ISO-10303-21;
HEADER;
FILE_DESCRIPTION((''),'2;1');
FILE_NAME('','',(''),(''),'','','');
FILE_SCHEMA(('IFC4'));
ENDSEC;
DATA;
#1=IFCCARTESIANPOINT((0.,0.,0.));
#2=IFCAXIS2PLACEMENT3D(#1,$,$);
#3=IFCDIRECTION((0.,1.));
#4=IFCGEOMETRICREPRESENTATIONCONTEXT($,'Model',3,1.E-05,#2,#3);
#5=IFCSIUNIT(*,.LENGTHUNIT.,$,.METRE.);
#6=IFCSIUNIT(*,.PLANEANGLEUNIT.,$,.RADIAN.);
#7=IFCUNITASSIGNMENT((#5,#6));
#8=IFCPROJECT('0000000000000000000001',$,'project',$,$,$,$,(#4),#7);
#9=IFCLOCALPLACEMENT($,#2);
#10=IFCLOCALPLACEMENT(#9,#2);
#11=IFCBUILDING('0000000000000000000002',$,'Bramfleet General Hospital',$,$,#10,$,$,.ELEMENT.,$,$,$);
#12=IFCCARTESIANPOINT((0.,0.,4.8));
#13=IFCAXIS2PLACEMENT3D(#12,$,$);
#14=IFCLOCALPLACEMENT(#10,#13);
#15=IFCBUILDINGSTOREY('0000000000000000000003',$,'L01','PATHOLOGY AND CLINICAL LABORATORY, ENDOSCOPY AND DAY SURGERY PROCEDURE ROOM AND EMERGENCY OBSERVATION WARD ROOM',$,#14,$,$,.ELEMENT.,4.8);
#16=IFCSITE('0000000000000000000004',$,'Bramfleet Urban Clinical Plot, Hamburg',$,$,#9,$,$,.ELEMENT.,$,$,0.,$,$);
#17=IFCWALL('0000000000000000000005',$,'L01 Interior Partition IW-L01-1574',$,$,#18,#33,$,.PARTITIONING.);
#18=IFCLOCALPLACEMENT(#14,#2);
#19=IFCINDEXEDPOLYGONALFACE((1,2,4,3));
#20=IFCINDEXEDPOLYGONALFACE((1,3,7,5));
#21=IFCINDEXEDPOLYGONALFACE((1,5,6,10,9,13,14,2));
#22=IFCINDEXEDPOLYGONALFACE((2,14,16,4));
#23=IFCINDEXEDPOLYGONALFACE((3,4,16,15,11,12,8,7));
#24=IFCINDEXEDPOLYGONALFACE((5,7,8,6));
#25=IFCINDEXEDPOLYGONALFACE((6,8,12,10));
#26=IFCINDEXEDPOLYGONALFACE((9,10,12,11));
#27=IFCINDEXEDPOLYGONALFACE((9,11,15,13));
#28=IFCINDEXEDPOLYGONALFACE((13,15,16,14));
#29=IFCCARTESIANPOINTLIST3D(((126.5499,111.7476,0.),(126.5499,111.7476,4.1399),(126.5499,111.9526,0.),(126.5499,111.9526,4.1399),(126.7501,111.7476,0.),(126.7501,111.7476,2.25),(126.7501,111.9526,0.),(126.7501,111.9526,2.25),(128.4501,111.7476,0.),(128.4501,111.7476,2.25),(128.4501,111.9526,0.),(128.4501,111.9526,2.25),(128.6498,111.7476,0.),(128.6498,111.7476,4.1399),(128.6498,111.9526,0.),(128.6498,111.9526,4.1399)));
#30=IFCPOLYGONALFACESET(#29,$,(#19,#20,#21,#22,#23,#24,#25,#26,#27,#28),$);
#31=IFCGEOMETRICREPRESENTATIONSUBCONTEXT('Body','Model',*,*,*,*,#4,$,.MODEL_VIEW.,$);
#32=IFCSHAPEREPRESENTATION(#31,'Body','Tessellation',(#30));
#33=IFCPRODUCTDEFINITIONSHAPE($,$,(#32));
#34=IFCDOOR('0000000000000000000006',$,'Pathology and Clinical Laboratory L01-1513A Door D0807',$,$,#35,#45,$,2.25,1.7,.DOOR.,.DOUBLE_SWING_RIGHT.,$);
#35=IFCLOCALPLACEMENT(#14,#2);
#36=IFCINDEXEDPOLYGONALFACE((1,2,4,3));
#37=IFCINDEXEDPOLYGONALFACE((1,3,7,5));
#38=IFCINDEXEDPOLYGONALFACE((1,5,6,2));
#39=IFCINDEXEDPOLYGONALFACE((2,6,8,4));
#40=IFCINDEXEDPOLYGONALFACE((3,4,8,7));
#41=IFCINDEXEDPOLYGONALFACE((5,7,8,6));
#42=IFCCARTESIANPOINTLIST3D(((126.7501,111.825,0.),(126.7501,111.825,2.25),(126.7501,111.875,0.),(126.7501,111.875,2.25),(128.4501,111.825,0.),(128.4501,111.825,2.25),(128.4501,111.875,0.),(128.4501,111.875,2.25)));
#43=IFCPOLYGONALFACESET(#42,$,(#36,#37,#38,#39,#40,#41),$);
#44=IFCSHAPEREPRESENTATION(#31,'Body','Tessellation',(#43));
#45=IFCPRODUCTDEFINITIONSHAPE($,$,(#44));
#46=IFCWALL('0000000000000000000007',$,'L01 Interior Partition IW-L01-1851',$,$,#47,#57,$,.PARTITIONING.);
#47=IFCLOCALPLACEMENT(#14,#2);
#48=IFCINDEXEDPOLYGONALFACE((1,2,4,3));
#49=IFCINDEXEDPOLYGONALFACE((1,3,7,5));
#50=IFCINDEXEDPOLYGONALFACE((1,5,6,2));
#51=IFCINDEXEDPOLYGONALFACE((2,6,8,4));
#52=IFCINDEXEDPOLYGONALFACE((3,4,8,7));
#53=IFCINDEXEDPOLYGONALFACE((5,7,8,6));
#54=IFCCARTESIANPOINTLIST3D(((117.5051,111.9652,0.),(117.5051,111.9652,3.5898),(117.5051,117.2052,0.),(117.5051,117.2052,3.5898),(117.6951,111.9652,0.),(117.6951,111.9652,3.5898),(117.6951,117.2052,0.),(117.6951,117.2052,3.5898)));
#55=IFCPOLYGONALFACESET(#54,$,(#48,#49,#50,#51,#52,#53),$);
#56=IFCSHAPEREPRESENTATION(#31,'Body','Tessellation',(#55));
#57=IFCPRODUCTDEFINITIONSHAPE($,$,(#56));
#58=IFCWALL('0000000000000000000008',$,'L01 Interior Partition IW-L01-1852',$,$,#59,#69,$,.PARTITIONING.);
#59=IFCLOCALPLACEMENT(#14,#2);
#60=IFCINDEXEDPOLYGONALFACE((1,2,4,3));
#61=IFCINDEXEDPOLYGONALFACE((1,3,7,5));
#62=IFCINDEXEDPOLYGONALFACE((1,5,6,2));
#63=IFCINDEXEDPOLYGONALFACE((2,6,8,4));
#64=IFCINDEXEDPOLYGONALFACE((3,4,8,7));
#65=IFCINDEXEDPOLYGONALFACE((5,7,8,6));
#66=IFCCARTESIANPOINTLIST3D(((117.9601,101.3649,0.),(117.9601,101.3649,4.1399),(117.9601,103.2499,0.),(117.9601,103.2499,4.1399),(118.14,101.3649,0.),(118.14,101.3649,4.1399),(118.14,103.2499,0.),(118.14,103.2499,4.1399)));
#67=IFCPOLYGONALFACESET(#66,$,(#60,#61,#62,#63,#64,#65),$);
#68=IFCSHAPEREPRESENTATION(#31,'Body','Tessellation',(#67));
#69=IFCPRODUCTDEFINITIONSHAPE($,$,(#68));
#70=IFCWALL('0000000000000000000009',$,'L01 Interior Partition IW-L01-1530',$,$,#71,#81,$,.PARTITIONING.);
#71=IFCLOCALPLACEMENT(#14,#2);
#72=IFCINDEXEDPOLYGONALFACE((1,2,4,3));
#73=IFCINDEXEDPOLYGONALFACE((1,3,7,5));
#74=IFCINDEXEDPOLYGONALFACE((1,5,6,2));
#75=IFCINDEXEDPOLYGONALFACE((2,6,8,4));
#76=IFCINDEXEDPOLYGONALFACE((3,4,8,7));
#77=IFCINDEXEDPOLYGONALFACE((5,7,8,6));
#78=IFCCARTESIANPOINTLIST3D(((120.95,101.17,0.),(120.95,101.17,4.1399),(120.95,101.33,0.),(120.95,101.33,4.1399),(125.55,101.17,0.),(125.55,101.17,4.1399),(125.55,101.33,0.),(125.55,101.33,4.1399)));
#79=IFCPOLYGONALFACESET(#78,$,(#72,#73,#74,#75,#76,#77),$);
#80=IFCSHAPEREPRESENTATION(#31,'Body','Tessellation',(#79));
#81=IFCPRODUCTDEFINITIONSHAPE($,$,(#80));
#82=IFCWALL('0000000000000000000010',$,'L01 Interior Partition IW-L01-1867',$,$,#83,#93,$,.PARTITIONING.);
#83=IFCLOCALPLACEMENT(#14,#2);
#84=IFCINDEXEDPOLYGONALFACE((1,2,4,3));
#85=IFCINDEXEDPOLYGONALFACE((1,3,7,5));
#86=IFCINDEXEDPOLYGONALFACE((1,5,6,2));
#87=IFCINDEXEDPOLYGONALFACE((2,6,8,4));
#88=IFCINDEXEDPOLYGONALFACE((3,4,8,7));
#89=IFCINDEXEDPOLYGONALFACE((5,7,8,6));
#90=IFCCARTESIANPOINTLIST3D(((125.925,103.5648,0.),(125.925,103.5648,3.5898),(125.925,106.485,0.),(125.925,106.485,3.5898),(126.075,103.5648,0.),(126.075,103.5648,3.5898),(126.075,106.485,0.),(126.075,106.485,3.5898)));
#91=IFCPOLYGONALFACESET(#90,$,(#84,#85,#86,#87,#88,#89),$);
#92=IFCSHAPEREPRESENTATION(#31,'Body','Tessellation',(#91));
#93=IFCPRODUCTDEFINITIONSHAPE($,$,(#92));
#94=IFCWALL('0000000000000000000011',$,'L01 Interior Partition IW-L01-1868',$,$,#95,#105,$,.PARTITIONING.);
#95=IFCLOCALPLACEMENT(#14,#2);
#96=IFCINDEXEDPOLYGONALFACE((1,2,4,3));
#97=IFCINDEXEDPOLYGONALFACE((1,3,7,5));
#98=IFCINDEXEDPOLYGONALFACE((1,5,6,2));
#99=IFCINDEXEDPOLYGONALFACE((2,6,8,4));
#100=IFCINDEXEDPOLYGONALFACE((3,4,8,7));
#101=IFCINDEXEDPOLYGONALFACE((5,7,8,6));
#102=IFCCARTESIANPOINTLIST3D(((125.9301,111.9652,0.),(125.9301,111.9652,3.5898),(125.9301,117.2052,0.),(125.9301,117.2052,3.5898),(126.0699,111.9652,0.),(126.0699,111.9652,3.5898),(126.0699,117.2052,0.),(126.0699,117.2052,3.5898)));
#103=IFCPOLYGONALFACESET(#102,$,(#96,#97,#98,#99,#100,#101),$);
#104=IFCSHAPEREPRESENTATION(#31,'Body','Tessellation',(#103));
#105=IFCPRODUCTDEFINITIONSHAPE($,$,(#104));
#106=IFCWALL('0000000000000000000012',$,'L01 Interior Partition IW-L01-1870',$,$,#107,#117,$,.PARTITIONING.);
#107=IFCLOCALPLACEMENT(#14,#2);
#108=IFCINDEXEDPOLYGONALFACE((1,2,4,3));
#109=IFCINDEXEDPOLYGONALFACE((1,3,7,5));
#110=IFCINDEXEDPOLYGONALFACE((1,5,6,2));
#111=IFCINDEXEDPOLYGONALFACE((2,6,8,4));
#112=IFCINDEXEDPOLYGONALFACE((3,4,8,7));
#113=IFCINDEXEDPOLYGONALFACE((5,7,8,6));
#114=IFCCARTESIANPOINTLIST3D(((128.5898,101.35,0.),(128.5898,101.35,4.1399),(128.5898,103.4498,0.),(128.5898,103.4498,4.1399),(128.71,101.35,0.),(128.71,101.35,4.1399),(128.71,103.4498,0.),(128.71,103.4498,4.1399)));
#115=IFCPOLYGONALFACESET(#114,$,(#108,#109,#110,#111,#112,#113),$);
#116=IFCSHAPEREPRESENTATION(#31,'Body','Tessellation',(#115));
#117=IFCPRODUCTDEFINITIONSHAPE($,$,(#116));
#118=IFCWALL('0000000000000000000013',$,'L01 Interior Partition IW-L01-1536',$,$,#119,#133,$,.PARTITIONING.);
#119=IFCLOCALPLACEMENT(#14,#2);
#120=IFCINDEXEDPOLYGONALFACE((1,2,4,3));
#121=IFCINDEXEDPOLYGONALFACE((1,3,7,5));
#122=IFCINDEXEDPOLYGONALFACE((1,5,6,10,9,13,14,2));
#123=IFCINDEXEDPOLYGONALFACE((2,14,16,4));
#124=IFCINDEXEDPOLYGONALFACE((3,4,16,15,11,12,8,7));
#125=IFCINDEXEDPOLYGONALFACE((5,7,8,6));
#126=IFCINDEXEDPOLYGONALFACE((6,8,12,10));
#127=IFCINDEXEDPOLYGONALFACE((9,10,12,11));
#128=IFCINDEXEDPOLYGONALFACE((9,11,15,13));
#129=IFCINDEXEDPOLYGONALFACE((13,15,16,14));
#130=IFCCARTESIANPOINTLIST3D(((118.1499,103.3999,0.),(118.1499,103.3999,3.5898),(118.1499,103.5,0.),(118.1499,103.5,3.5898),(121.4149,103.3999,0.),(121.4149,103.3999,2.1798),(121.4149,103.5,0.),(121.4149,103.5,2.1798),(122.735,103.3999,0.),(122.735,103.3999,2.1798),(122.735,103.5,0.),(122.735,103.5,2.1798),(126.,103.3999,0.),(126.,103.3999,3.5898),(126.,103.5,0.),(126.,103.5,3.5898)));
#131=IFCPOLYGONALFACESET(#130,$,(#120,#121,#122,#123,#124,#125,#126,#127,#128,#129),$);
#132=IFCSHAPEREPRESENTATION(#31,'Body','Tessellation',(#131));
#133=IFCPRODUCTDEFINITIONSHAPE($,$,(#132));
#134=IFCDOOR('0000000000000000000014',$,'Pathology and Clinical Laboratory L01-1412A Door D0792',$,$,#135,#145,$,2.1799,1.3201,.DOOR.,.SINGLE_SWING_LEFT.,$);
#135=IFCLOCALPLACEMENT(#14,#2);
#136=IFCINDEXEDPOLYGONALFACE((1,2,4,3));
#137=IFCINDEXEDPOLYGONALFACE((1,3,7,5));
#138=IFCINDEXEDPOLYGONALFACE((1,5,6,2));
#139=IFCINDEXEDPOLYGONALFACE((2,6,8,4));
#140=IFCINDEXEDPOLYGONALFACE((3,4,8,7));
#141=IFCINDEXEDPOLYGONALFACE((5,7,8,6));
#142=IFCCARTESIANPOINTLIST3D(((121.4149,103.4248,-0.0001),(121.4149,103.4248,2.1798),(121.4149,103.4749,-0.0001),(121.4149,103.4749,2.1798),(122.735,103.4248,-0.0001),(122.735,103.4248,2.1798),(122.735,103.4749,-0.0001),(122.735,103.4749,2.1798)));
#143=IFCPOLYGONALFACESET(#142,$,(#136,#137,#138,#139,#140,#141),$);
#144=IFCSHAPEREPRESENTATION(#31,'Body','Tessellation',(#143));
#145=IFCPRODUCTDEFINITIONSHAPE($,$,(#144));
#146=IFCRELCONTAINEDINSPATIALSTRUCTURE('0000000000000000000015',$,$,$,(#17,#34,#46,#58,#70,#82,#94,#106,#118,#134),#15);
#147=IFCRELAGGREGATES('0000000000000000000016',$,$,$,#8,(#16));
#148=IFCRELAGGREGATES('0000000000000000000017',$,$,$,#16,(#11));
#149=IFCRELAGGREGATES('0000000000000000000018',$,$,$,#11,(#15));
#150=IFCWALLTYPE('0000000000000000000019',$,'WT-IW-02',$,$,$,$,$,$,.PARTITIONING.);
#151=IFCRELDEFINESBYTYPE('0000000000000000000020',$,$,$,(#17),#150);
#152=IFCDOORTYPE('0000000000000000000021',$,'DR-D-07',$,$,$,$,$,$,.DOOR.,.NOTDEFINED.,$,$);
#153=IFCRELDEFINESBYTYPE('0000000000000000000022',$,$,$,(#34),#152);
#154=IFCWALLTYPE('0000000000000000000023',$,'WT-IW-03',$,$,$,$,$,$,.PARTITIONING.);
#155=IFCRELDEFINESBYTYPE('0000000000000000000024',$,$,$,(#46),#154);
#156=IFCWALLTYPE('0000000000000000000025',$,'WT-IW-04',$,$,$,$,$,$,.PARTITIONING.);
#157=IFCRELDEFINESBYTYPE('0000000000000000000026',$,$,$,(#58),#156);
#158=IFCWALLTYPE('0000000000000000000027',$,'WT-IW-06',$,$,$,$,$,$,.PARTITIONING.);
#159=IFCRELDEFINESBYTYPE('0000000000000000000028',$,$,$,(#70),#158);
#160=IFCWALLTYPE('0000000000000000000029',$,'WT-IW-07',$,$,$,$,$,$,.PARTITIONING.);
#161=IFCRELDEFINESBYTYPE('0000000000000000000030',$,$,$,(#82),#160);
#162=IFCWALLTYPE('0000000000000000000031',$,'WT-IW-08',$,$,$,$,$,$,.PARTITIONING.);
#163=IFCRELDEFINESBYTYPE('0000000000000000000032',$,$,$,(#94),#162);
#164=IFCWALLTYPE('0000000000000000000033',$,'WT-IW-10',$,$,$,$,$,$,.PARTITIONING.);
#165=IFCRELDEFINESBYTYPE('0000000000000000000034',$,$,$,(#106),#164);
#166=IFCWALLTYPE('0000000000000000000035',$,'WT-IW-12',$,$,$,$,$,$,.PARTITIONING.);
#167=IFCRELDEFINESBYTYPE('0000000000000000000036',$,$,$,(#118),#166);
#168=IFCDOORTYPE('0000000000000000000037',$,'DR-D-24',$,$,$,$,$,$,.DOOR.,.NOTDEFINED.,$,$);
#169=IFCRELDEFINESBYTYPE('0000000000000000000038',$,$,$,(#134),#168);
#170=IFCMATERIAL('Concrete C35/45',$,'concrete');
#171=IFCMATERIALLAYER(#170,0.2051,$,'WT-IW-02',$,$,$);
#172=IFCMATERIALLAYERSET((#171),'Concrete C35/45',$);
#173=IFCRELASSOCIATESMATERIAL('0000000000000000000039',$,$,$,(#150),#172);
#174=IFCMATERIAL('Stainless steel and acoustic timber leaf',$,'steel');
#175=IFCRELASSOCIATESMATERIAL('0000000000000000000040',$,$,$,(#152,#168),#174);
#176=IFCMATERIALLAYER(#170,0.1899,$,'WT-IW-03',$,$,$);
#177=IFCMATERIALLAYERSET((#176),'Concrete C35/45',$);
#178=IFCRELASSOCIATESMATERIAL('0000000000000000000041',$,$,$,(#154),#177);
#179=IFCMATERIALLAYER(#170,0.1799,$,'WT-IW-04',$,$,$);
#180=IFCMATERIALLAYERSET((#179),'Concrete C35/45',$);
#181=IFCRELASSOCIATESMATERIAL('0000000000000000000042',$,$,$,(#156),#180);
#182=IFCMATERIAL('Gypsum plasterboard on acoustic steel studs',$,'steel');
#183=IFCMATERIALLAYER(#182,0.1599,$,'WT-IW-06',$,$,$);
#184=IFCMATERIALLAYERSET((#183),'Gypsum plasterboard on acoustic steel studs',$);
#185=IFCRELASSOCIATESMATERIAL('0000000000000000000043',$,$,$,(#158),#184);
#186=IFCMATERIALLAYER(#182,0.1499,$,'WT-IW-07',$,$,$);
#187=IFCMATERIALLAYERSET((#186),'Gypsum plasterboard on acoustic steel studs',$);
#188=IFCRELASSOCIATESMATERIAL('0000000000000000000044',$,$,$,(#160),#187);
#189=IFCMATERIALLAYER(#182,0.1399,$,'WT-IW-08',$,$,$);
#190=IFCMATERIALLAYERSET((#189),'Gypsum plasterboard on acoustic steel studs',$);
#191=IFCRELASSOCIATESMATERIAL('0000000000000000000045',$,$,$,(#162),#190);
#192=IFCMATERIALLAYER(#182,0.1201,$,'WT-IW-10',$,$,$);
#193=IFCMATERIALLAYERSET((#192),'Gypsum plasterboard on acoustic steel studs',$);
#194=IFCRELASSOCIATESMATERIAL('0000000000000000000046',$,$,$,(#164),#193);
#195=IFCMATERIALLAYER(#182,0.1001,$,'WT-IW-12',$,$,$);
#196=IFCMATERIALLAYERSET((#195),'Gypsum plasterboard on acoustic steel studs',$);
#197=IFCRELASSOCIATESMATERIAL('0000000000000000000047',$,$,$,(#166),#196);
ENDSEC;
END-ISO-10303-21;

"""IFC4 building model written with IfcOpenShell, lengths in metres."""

from ifc_helpers import new_model, si_unit, direction, frame, frame_2d, origin, place, context, subcontext, project, spatial, rectangle, extrude, material, layer, layer_set, type_object, element, fill, save


model = new_model("IFC4")

# Units and contexts
model_context = context("Model", 3, precision=1e-05, world=origin(), true_north=direction((0.0, 1.0)))
body_context = subcontext(model_context, "Body", "Model", "MODEL_VIEW")
ifc_project = project(units=[si_unit("LENGTHUNIT", "METRE"), si_unit("PLANEANGLEUNIT", "RADIAN")], contexts=[model_context])

# Site, building, storey
site_placement = place(None, origin())
site = spatial("IfcSite", under=ifc_project, at=site_placement, Name="Bramfleet Urban Clinical Plot, Hamburg", CompositionType="ELEMENT", RefElevation=0.0)
building_placement = place(site_placement, origin())
building = spatial("IfcBuilding", under=site, at=building_placement, Name="Bramfleet General Hospital", CompositionType="ELEMENT")
storey_placement = place(building_placement, frame((0.0, 0.0, 4.8)))
storey = spatial("IfcBuildingStorey", under=building, at=storey_placement, Name="L01", Description="PATHOLOGY AND CLINICAL LABORATORY, ENDOSCOPY AND DAY SURGERY PROCEDURE ROOM AND EMERGENCY OBSERVATION WARD ROOM", CompositionType="ELEMENT", Elevation=4.8)

# Shared definitions
ifc_material_1 = material(Name="Concrete C35/45", Category="concrete")

# Wall, opening, door
ifc_material_2 = material(Name="Stainless steel and acoustic timber leaf", Category="steel")
ifc_layer_1 = layer(ifc_material_1, 0.2051, Name="WT-IW-02")
ifc_layer_set_1 = layer_set([ifc_layer_1], Name="Concrete C35/45")
wall_type_1 = type_object("IfcWallType", Name="WT-IW-02", PredefinedType="PARTITIONING", material=ifc_layer_set_1)
wall_1_placement = place(storey_placement, frame((126.55, 111.8501, 0.0), z_axis=(0.0, 0.0, 1.0), x_axis=(1.0, 0.0, 0.0)))
wall_1 = element("IfcWall", 1, at=wall_1_placement, inside=storey, type_object=wall_type_1, Name="L01 Interior Partition IW-L01-1574", PredefinedType="PARTITIONING", context=body_context, shape_type="SweptSolid", body=[
    extrude(rectangle(XDim=2.0999, YDim=0.2051, at=frame_2d((1.0498, 0.0))), origin(), (0.0, 0.0, 1.0), 4.1399),
])
opening_1_placement = place(wall_1_placement, frame((0.2, 0.0, 0.0)))
opening_1 = element("IfcOpeningElement", 2, at=opening_1_placement, cuts=wall_1, PredefinedType="OPENING", context=body_context, shape_type="SweptSolid", body=[
    extrude(rectangle(XDim=1.7, YDim=2.25, at=frame_2d((0.8501, 1.125))), frame((0.0, 0.1125, 0.0), z_axis=(0.0, -1.0, 0.0), x_axis=(1.0, 0.0, 0.0)), (0.0, 0.0, 1.0), 0.2251),
])
door_type_1 = type_object("IfcDoorType", Name="DR-D-07", OperationType="NOTDEFINED", PredefinedType="DOOR", material=ifc_material_2)
door_1_placement = place(opening_1_placement, origin())
door_1 = element("IfcDoor", 3, at=door_1_placement, inside=storey, type_object=door_type_1, Name="Pathology and Clinical Laboratory L01-1513A Door D0807", OperationType="DOUBLE_SWING_RIGHT", OverallHeight=2.25, OverallWidth=1.7, PredefinedType="DOOR", context=body_context, shape_type="SweptSolid", body=[
    extrude(rectangle(XDim=1.7, YDim=2.25, at=frame_2d((0.8501, 1.125))), frame((0.0, 0.0249, 0.0), z_axis=(0.0, -1.0, 0.0), x_axis=(1.0, 0.0, 0.0)), (0.0, 0.0, 1.0), 0.05),
])
fill(opening_1, door_1)

# Walls
ifc_layer_2 = layer(ifc_material_1, 0.1899, Name="WT-IW-03")
ifc_layer_set_2 = layer_set([ifc_layer_2], Name="Concrete C35/45")
wall_type_2 = type_object("IfcWallType", Name="WT-IW-03", PredefinedType="PARTITIONING", material=ifc_layer_set_2)
wall_2_placement = place(storey_placement, frame((117.6001, 111.9651, 0.0), z_axis=(0.0, 0.0, 1.0), x_axis=(0.0, 1.0, 0.0)))
element("IfcWall", 4, at=wall_2_placement, inside=storey, type_object=wall_type_2, Name="L01 Interior Partition IW-L01-1851", PredefinedType="PARTITIONING", context=body_context, shape_type="SweptSolid", body=[
    extrude(rectangle(XDim=5.24, YDim=0.1899, at=frame_2d((2.6201, 0.0))), origin(), (0.0, 0.0, 1.0), 3.5898),
])
ifc_layer_3 = layer(ifc_material_1, 0.1799, Name="WT-IW-04")
ifc_layer_set_3 = layer_set([ifc_layer_3], Name="Concrete C35/45")
wall_type_3 = type_object("IfcWallType", Name="WT-IW-04", PredefinedType="PARTITIONING", material=ifc_layer_set_3)
wall_3_placement = place(storey_placement, frame((118.05, 101.365, 0.0), z_axis=(0.0, 0.0, 1.0), x_axis=(0.0, 1.0, 0.0)))
element("IfcWall", 5, at=wall_3_placement, inside=storey, type_object=wall_type_3, Name="L01 Interior Partition IW-L01-1852", PredefinedType="PARTITIONING", context=body_context, shape_type="SweptSolid", body=[
    extrude(rectangle(XDim=1.885, YDim=0.1799, at=frame_2d((0.9424, 0.0))), origin(), (0.0, 0.0, 1.0), 4.1399),
])
ifc_material_3 = material(Name="Gypsum plasterboard on acoustic steel studs", Category="steel")
ifc_layer_4 = layer(ifc_material_3, 0.1599, Name="WT-IW-06")
ifc_layer_set_4 = layer_set([ifc_layer_4], Name="Gypsum plasterboard on acoustic steel studs")
wall_type_4 = type_object("IfcWallType", Name="WT-IW-06", PredefinedType="PARTITIONING", material=ifc_layer_set_4)
wall_4_placement = place(storey_placement, frame((120.95, 101.25, 0.0), z_axis=(0.0, 0.0, 1.0), x_axis=(1.0, 0.0, 0.0)))
element("IfcWall", 6, at=wall_4_placement, inside=storey, type_object=wall_type_4, Name="L01 Interior Partition IW-L01-1530", PredefinedType="PARTITIONING", context=body_context, shape_type="SweptSolid", body=[
    extrude(rectangle(XDim=4.6001, YDim=0.1599, at=frame_2d((2.3, 0.0))), origin(), (0.0, 0.0, 1.0), 4.1399),
])
ifc_layer_5 = layer(ifc_material_3, 0.1499, Name="WT-IW-07")
ifc_layer_set_5 = layer_set([ifc_layer_5], Name="Gypsum plasterboard on acoustic steel studs")
wall_type_5 = type_object("IfcWallType", Name="WT-IW-07", PredefinedType="PARTITIONING", material=ifc_layer_set_5)
wall_5_placement = place(storey_placement, frame((126.0, 103.5649, 0.0), z_axis=(0.0, 0.0, 1.0), x_axis=(0.0, 1.0, 0.0)))
element("IfcWall", 7, at=wall_5_placement, inside=storey, type_object=wall_type_5, Name="L01 Interior Partition IW-L01-1867", PredefinedType="PARTITIONING", context=body_context, shape_type="SweptSolid", body=[
    extrude(rectangle(XDim=2.9202, YDim=0.1499, at=frame_2d((1.46, 0.0))), origin(), (0.0, 0.0, 1.0), 3.5898),
])
ifc_layer_6 = layer(ifc_material_3, 0.1399, Name="WT-IW-08")
ifc_layer_set_6 = layer_set([ifc_layer_6], Name="Gypsum plasterboard on acoustic steel studs")
wall_type_6 = type_object("IfcWallType", Name="WT-IW-08", PredefinedType="PARTITIONING", material=ifc_layer_set_6)
wall_6_placement = place(storey_placement, frame((126.0, 111.9651, 0.0), z_axis=(0.0, 0.0, 1.0), x_axis=(0.0, 1.0, 0.0)))
element("IfcWall", 8, at=wall_6_placement, inside=storey, type_object=wall_type_6, Name="L01 Interior Partition IW-L01-1868", PredefinedType="PARTITIONING", context=body_context, shape_type="SweptSolid", body=[
    extrude(rectangle(XDim=5.24, YDim=0.1399, at=frame_2d((2.6201, 0.0))), origin(), (0.0, 0.0, 1.0), 3.5898),
])
ifc_layer_7 = layer(ifc_material_3, 0.1201, Name="WT-IW-10")
ifc_layer_set_7 = layer_set([ifc_layer_7], Name="Gypsum plasterboard on acoustic steel studs")
wall_type_7 = type_object("IfcWallType", Name="WT-IW-10", PredefinedType="PARTITIONING", material=ifc_layer_set_7)
wall_7_placement = place(storey_placement, frame((128.6499, 101.3501, 0.0), z_axis=(0.0, 0.0, 1.0), x_axis=(0.0, 1.0, 0.0)))
element("IfcWall", 9, at=wall_7_placement, inside=storey, type_object=wall_type_7, Name="L01 Interior Partition IW-L01-1870", PredefinedType="PARTITIONING", context=body_context, shape_type="SweptSolid", body=[
    extrude(rectangle(XDim=2.0999, YDim=0.1201, at=frame_2d((1.0498, 0.0))), origin(), (0.0, 0.0, 1.0), 4.1399),
])

# Wall, opening, door
ifc_layer_8 = layer(ifc_material_3, 0.1001, Name="WT-IW-12")
ifc_layer_set_8 = layer_set([ifc_layer_8], Name="Gypsum plasterboard on acoustic steel studs")
wall_type_8 = type_object("IfcWallType", Name="WT-IW-12", PredefinedType="PARTITIONING", material=ifc_layer_set_8)
wall_8_placement = place(storey_placement, frame((118.1499, 103.45, 0.0), z_axis=(0.0, 0.0, 1.0), x_axis=(1.0, 0.0, 0.0)))
wall_8 = element("IfcWall", 10, at=wall_8_placement, inside=storey, type_object=wall_type_8, Name="L01 Interior Partition IW-L01-1536", PredefinedType="PARTITIONING", context=body_context, shape_type="SweptSolid", body=[
    extrude(rectangle(XDim=7.8501, YDim=0.1001, at=frame_2d((3.925, 0.0))), origin(), (0.0, 0.0, 1.0), 3.5898),
])
opening_2_placement = place(wall_8_placement, frame((3.2649, 0.0, 0.0)))
opening_2 = element("IfcOpeningElement", 11, at=opening_2_placement, cuts=wall_8, PredefinedType="OPENING", context=body_context, shape_type="SweptSolid", body=[
    extrude(rectangle(XDim=1.3201, YDim=2.1799, at=frame_2d((0.6602, 1.0898))), frame((0.0, 0.0601, 0.0), z_axis=(0.0, -1.0, 0.0), x_axis=(1.0, 0.0, 0.0)), (0.0, 0.0, 1.0), 0.1201),
])
door_type_2 = type_object("IfcDoorType", Name="DR-D-24", OperationType="NOTDEFINED", PredefinedType="DOOR", material=ifc_material_2)
door_2_placement = place(opening_2_placement, origin())
door_2 = element("IfcDoor", 12, at=door_2_placement, inside=storey, type_object=door_type_2, Name="Pathology and Clinical Laboratory L01-1412A Door D0792", OperationType="SINGLE_SWING_LEFT", OverallHeight=2.1799, OverallWidth=1.3201, PredefinedType="DOOR", context=body_context, shape_type="SweptSolid", body=[
    extrude(rectangle(XDim=1.3201, YDim=2.1799, at=frame_2d((0.6602, 1.0898))), frame((0.0, 0.0249, 0.0), z_axis=(0.0, -1.0, 0.0), x_axis=(1.0, 0.0, 0.0)), (0.0, 0.0, 1.0), 0.05),
])
fill(opening_2, door_2)

save(model, "model.ifc")
